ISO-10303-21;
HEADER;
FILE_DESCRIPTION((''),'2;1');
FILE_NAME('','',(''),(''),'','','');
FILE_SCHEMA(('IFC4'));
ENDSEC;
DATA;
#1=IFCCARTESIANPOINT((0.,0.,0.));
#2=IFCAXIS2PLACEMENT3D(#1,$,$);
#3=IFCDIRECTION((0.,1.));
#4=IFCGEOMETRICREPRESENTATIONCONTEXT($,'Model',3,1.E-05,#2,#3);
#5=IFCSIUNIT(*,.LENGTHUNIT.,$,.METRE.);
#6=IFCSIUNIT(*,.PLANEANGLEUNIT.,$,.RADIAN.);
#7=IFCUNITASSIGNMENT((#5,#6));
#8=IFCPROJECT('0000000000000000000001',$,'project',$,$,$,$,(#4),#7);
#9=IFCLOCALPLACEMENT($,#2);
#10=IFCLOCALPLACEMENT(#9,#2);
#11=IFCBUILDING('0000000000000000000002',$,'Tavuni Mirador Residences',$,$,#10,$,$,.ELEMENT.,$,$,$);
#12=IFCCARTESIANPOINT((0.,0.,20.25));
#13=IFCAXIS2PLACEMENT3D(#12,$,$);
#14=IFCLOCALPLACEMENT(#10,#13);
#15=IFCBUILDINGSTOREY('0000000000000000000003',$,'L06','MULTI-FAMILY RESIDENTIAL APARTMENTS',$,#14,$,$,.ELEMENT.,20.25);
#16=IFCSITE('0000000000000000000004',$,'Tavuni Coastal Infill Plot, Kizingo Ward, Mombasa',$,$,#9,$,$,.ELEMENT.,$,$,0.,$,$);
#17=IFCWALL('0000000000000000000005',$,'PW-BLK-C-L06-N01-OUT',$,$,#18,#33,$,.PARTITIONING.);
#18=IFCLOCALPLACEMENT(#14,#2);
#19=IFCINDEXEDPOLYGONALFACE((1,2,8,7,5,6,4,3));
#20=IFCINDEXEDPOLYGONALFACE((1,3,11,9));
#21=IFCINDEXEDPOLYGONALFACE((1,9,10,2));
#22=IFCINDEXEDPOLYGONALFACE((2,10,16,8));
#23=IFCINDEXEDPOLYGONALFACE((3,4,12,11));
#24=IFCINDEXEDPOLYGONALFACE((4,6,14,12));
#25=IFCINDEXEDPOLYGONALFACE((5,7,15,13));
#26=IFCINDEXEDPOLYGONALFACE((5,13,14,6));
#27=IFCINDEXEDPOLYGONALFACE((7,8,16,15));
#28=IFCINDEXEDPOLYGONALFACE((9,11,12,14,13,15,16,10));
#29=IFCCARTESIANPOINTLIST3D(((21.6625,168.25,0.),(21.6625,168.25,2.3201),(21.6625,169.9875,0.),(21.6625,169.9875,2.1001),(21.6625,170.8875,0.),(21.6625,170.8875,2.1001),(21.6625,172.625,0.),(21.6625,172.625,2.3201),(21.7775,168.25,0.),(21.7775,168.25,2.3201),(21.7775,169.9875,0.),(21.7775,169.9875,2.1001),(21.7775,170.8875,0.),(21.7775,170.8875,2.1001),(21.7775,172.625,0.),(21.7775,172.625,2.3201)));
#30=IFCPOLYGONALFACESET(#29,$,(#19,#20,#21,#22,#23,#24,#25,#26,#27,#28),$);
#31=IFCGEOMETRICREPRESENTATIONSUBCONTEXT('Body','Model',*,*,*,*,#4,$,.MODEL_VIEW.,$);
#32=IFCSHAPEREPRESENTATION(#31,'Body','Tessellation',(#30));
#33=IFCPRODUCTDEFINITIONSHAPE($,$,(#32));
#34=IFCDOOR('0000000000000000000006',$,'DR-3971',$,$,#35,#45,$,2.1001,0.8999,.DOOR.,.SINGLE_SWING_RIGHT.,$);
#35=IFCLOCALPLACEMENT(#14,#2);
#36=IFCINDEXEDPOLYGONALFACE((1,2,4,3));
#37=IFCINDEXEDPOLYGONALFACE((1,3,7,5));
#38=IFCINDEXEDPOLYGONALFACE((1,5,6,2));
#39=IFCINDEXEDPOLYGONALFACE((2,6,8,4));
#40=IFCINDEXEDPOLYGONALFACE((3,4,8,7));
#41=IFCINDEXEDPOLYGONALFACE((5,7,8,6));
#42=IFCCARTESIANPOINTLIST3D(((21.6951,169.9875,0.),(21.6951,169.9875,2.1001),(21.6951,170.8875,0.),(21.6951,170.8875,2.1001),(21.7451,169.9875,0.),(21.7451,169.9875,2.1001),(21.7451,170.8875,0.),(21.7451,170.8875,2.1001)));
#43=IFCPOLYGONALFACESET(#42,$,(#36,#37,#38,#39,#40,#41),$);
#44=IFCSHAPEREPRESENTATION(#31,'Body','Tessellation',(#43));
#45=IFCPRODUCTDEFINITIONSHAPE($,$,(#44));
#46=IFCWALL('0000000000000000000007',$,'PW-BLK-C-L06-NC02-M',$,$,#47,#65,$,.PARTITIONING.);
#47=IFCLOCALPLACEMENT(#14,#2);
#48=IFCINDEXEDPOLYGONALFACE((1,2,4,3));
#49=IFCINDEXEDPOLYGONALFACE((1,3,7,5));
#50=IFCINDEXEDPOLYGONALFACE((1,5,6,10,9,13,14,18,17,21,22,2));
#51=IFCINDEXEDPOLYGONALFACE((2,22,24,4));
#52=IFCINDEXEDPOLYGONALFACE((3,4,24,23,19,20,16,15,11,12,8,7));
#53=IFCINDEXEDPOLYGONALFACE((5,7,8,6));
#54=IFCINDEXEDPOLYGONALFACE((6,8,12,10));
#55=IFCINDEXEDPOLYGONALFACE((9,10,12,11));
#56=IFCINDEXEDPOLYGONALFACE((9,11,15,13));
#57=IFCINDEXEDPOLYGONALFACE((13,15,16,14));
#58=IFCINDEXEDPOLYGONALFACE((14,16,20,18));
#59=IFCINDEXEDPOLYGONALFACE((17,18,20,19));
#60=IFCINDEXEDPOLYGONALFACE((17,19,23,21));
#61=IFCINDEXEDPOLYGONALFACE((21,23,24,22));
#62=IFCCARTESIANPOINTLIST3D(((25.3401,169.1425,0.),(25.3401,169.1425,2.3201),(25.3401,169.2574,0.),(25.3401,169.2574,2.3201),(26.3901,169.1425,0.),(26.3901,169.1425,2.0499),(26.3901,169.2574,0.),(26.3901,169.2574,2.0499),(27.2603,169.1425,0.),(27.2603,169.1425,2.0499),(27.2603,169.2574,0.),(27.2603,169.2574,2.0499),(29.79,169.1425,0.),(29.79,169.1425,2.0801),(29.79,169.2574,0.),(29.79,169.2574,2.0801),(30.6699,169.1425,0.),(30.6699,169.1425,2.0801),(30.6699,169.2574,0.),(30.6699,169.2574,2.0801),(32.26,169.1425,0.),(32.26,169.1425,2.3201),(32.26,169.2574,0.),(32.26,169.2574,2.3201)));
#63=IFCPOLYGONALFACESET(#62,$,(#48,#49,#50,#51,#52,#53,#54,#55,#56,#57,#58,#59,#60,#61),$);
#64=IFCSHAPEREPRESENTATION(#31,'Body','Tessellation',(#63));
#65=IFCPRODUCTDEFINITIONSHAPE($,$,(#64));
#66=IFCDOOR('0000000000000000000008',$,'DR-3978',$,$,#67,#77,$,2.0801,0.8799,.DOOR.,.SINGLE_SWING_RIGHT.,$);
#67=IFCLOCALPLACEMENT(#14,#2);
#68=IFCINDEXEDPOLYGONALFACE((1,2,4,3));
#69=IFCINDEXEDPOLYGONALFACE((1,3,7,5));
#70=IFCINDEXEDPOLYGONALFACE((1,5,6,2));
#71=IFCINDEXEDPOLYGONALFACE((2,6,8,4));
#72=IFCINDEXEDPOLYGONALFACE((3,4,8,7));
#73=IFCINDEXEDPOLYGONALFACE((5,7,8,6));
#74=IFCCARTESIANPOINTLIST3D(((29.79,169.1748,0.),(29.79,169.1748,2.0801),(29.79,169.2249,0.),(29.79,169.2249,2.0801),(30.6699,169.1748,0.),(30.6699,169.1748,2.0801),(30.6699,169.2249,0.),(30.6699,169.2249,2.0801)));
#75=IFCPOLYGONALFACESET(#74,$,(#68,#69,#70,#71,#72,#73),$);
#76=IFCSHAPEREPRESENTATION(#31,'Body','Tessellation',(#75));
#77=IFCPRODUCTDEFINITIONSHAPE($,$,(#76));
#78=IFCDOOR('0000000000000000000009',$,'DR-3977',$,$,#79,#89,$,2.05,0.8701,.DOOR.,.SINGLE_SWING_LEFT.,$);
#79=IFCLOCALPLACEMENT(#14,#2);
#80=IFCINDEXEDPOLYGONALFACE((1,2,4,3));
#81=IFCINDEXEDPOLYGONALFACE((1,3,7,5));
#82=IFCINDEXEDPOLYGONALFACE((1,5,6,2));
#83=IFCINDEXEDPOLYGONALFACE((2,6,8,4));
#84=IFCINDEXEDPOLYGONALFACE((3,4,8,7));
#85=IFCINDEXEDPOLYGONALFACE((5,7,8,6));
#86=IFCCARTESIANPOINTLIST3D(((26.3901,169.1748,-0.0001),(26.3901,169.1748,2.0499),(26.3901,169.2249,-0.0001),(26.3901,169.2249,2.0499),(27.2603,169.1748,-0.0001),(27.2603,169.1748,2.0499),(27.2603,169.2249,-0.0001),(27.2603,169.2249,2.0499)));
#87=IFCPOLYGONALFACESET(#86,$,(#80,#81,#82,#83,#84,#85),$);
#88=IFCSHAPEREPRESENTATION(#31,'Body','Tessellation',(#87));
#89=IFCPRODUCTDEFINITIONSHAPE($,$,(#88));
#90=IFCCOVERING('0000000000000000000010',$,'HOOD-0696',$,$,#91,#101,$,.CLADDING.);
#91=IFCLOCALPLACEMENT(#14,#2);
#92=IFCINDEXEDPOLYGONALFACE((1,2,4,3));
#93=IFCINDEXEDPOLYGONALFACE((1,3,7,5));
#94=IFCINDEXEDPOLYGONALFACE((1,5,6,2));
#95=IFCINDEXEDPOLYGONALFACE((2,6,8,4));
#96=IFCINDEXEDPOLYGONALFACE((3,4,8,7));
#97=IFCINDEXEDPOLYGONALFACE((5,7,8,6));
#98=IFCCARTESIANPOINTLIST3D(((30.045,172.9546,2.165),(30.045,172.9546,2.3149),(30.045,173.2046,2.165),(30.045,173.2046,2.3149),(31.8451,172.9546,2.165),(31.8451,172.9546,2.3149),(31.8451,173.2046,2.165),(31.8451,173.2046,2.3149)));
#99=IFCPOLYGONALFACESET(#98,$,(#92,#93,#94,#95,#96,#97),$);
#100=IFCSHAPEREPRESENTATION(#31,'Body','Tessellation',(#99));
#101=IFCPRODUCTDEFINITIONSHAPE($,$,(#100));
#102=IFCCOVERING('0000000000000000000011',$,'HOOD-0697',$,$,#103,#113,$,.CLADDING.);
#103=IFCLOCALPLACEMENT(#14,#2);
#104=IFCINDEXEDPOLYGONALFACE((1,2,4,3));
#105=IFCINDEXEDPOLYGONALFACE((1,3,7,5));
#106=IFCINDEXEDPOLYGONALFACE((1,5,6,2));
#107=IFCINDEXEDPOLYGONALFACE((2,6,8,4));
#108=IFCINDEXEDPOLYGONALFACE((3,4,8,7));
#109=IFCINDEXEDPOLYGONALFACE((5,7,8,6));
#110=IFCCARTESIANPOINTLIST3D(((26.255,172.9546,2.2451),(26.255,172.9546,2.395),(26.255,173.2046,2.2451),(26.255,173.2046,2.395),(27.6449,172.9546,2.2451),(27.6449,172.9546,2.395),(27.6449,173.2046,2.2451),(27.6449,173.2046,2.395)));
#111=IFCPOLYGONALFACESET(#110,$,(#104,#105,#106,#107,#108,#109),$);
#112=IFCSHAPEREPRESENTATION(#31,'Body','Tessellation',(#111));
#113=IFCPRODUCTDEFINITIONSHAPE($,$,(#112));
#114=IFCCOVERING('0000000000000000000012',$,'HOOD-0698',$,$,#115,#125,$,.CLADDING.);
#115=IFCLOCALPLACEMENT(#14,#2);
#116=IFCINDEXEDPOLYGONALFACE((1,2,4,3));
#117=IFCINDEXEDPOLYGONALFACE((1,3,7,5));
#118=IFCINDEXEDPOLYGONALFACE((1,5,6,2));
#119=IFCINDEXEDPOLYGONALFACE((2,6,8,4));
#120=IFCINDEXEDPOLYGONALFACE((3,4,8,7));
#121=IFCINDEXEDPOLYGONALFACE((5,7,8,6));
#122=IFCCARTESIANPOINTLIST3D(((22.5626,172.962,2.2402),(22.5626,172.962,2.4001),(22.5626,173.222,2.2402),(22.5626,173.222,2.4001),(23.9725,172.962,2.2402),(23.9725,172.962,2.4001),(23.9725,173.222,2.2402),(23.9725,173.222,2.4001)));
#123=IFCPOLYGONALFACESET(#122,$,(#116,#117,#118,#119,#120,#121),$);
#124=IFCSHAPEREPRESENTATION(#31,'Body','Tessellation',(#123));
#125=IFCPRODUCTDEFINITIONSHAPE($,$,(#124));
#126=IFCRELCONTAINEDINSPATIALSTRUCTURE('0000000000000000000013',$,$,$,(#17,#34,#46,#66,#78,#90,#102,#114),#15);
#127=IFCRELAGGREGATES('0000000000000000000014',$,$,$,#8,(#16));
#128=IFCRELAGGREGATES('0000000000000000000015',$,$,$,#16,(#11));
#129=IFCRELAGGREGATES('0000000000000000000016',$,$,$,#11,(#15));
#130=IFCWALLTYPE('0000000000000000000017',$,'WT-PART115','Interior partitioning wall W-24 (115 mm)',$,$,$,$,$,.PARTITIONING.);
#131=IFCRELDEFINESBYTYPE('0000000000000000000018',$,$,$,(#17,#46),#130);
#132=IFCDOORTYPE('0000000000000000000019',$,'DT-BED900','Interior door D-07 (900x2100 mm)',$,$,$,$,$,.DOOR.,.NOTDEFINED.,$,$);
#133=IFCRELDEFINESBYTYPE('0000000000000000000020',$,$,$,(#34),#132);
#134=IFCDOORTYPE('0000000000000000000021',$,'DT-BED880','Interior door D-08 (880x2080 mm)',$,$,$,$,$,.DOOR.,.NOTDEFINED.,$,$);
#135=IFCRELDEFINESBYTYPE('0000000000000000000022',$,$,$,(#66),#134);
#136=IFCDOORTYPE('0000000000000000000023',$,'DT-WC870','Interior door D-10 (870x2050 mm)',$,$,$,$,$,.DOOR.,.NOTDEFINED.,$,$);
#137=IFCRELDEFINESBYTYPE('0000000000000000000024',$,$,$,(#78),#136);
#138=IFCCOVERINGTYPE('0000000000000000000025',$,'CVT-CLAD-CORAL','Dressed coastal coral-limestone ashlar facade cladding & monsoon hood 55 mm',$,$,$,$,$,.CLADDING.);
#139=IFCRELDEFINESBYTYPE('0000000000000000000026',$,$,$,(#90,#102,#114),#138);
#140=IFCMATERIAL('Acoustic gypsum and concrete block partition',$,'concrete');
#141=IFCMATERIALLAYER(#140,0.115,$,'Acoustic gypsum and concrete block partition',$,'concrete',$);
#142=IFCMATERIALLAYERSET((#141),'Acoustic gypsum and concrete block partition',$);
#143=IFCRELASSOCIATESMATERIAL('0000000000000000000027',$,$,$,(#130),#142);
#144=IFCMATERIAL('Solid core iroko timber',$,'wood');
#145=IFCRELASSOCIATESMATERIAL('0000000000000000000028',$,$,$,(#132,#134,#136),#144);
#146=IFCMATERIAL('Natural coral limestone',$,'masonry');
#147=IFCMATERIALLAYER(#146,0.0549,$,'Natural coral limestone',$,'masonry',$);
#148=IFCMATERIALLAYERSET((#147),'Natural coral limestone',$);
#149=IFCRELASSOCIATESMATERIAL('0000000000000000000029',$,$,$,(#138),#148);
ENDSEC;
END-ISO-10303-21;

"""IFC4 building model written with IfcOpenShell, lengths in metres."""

from ifc_helpers import new_model, si_unit, direction, frame, frame_2d, origin, origin_2d, place, context, subcontext, project, spatial, rectangle, extrude, material, layer, layer_set, type_object, element, fill, save


model = new_model("IFC4")

# Units and contexts
model_context = context("Model", 3, precision=1e-05, world=origin(), true_north=direction((0.0, 1.0)))
body_context = subcontext(model_context, "Body", "Model", "MODEL_VIEW")
ifc_project = project(units=[si_unit("LENGTHUNIT", "METRE"), si_unit("PLANEANGLEUNIT", "RADIAN")], contexts=[model_context])

# Site, building, storey
site_placement = place(None, origin())
site = spatial("IfcSite", under=ifc_project, at=site_placement, Name="Tavuni Coastal Infill Plot, Kizingo Ward, Mombasa", CompositionType="ELEMENT", RefElevation=0.0)
building_placement = place(site_placement, origin())
building = spatial("IfcBuilding", under=site, at=building_placement, Name="Tavuni Mirador Residences", CompositionType="ELEMENT")
storey_placement = place(building_placement, frame((0.0, 0.0, 20.25)))
storey = spatial("IfcBuildingStorey", under=building, at=storey_placement, Name="L06", Description="MULTI-FAMILY RESIDENTIAL APARTMENTS", CompositionType="ELEMENT", Elevation=20.25)

# Shared definitions
ifc_material_1 = material(Name="Acoustic gypsum and concrete block partition", Category="concrete")
ifc_material_2 = material(Name="Solid core iroko timber", Category="wood")

# Wall, opening, door
ifc_layer_1 = layer(ifc_material_1, 0.115, Name="Acoustic gypsum and concrete block partition", Category="concrete")
ifc_layer_set_1 = layer_set([ifc_layer_1], Name="Acoustic gypsum and concrete block partition")
wall_type_1 = type_object("IfcWallType", Name="WT-PART115", Description="Interior partitioning wall W-24 (115 mm)", PredefinedType="PARTITIONING", material=ifc_layer_set_1)
wall_1_placement = place(storey_placement, frame((21.72, 168.25, 0.0), z_axis=(0.0, 0.0, 1.0), x_axis=(0.0, 1.0, 0.0)))
wall_1 = element("IfcWall", 1, at=wall_1_placement, inside=storey, type_object=wall_type_1, Name="PW-BLK-C-L06-N01-OUT", PredefinedType="PARTITIONING", context=body_context, shape_type="SweptSolid", body=[
    extrude(rectangle(XDim=4.375, YDim=0.115, at=frame_2d((2.1875, 0.0))), origin(), (0.0, 0.0, 1.0), 2.3201),
])
opening_1_placement = place(wall_1_placement, frame((1.7375, 0.0, 0.0)))
opening_1 = element("IfcOpeningElement", 2, at=opening_1_placement, cuts=wall_1, PredefinedType="OPENING", context=body_context, shape_type="SweptSolid", body=[
    extrude(rectangle(XDim=0.8999, YDim=2.1001, at=frame_2d((0.45, 1.05))), frame((0.0, 0.0674, 0.0), z_axis=(0.0, -1.0, 0.0), x_axis=(1.0, 0.0, 0.0)), (0.0, 0.0, 1.0), 0.135),
])
door_type_1 = type_object("IfcDoorType", Name="DT-BED900", Description="Interior door D-07 (900x2100 mm)", OperationType="NOTDEFINED", PredefinedType="DOOR", material=ifc_material_2)
door_1_placement = place(opening_1_placement, origin())
door_1 = element("IfcDoor", 3, at=door_1_placement, inside=storey, type_object=door_type_1, Name="DR-3971", OperationType="SINGLE_SWING_RIGHT", OverallHeight=2.1001, OverallWidth=0.8999, PredefinedType="DOOR", context=body_context, shape_type="SweptSolid", body=[
    extrude(rectangle(XDim=0.8999, YDim=2.1001, at=frame_2d((0.45, 1.05))), frame((0.0, 0.0249, 0.0), z_axis=(0.0, -1.0, 0.0), x_axis=(1.0, 0.0, 0.0)), (0.0, 0.0, 1.0), 0.05),
])
fill(opening_1, door_1)

# Wall, openings, doors
wall_2_placement = place(storey_placement, frame((25.3401, 169.2, 0.0), z_axis=(0.0, 0.0, 1.0), x_axis=(1.0, 0.0, 0.0)))
wall_2 = element("IfcWall", 4, at=wall_2_placement, inside=storey, type_object=wall_type_1, Name="PW-BLK-C-L06-NC02-M", PredefinedType="PARTITIONING", context=body_context, shape_type="SweptSolid", body=[
    extrude(rectangle(XDim=6.9199, YDim=0.115, at=frame_2d((3.46, 0.0))), origin(), (0.0, 0.0, 1.0), 2.3201),
])
opening_2_placement = place(wall_2_placement, frame((1.05, 0.0, 0.0)))
opening_2 = element("IfcOpeningElement", 5, at=opening_2_placement, cuts=wall_2, PredefinedType="OPENING", context=body_context, shape_type="SweptSolid", body=[
    extrude(rectangle(XDim=0.8701, YDim=2.05, at=frame_2d((0.4351, 1.0249))), frame((0.0, 0.0674, 0.0), z_axis=(0.0, -1.0, 0.0), x_axis=(1.0, 0.0, 0.0)), (0.0, 0.0, 1.0), 0.135),
])
opening_3_placement = place(wall_2_placement, frame((4.45, 0.0, 0.0)))
opening_3 = element("IfcOpeningElement", 6, at=opening_3_placement, cuts=wall_2, PredefinedType="OPENING", context=body_context, shape_type="SweptSolid", body=[
    extrude(rectangle(XDim=0.8799, YDim=2.0801, at=frame_2d((0.4399, 1.04))), frame((0.0, 0.0674, 0.0), z_axis=(0.0, -1.0, 0.0), x_axis=(1.0, 0.0, 0.0)), (0.0, 0.0, 1.0), 0.135),
])
door_type_2 = type_object("IfcDoorType", Name="DT-BED880", Description="Interior door D-08 (880x2080 mm)", OperationType="NOTDEFINED", PredefinedType="DOOR", material=ifc_material_2)
door_2_placement = place(opening_3_placement, origin())
door_2 = element("IfcDoor", 7, at=door_2_placement, inside=storey, type_object=door_type_2, Name="DR-3978", OperationType="SINGLE_SWING_RIGHT", OverallHeight=2.0801, OverallWidth=0.8799, PredefinedType="DOOR", context=body_context, shape_type="SweptSolid", body=[
    extrude(rectangle(XDim=0.8799, YDim=2.0801, at=frame_2d((0.4399, 1.04))), frame((0.0, 0.0249, 0.0), z_axis=(0.0, -1.0, 0.0), x_axis=(1.0, 0.0, 0.0)), (0.0, 0.0, 1.0), 0.05),
])
fill(opening_3, door_2)
door_type_3 = type_object("IfcDoorType", Name="DT-WC870", Description="Interior door D-10 (870x2050 mm)", OperationType="NOTDEFINED", PredefinedType="DOOR", material=ifc_material_2)
door_3_placement = place(opening_2_placement, origin())
door_3 = element("IfcDoor", 8, at=door_3_placement, inside=storey, type_object=door_type_3, Name="DR-3977", OperationType="SINGLE_SWING_LEFT", OverallHeight=2.05, OverallWidth=0.8701, PredefinedType="DOOR", context=body_context, shape_type="SweptSolid", body=[
    extrude(rectangle(XDim=0.8701, YDim=2.05, at=frame_2d((0.4351, 1.0249))), frame((0.0, 0.0249, 0.0), z_axis=(0.0, -1.0, 0.0), x_axis=(1.0, 0.0, 0.0)), (0.0, 0.0, 1.0), 0.05),
])
fill(opening_2, door_3)

# Coverings
ifc_material_3 = material(Name="Natural coral limestone", Category="masonry")
ifc_layer_2 = layer(ifc_material_3, 0.0549, Name="Natural coral limestone", Category="masonry")
ifc_layer_set_2 = layer_set([ifc_layer_2], Name="Natural coral limestone")
covering_type = type_object("IfcCoveringType", Name="CVT-CLAD-CORAL", Description="Dressed coastal coral-limestone ashlar facade cladding & monsoon hood 55 mm", PredefinedType="CLADDING", material=ifc_layer_set_2)
covering_1_placement = place(storey_placement, frame((30.9451, 173.0796, 2.165), z_axis=(0.0, 0.0, 1.0), x_axis=(-1.0, 0.0, 0.0)))
element("IfcCovering", 9, at=covering_1_placement, inside=storey, type_object=covering_type, Name="HOOD-0696", PredefinedType="CLADDING", context=body_context, shape_type="SweptSolid", body=[
    extrude(rectangle(XDim=1.8, YDim=0.25, at=origin_2d()), origin(), (0.0, 0.0, 1.0), 0.1499),
])
covering_2_placement = place(storey_placement, frame((26.95, 173.0796, 2.2451), z_axis=(0.0, 0.0, 1.0), x_axis=(-1.0, 0.0, 0.0)))
element("IfcCovering", 10, at=covering_2_placement, inside=storey, type_object=covering_type, Name="HOOD-0697", PredefinedType="CLADDING", context=body_context, shape_type="SweptSolid", body=[
    extrude(rectangle(XDim=1.3899, YDim=0.25, at=origin_2d()), origin(), (0.0, 0.0, 1.0), 0.1499),
])
covering_3_placement = place(storey_placement, frame((23.2676, 173.092, 2.2402), z_axis=(0.0, 0.0, 1.0), x_axis=(-1.0, 0.0, 0.0)))
element("IfcCovering", 11, at=covering_3_placement, inside=storey, type_object=covering_type, Name="HOOD-0698", PredefinedType="CLADDING", context=body_context, shape_type="SweptSolid", body=[
    extrude(rectangle(XDim=1.4099, YDim=0.26, at=origin_2d()), origin(), (0.0, 0.0, 1.0), 0.1599),
])

save(model, "model.ifc")
